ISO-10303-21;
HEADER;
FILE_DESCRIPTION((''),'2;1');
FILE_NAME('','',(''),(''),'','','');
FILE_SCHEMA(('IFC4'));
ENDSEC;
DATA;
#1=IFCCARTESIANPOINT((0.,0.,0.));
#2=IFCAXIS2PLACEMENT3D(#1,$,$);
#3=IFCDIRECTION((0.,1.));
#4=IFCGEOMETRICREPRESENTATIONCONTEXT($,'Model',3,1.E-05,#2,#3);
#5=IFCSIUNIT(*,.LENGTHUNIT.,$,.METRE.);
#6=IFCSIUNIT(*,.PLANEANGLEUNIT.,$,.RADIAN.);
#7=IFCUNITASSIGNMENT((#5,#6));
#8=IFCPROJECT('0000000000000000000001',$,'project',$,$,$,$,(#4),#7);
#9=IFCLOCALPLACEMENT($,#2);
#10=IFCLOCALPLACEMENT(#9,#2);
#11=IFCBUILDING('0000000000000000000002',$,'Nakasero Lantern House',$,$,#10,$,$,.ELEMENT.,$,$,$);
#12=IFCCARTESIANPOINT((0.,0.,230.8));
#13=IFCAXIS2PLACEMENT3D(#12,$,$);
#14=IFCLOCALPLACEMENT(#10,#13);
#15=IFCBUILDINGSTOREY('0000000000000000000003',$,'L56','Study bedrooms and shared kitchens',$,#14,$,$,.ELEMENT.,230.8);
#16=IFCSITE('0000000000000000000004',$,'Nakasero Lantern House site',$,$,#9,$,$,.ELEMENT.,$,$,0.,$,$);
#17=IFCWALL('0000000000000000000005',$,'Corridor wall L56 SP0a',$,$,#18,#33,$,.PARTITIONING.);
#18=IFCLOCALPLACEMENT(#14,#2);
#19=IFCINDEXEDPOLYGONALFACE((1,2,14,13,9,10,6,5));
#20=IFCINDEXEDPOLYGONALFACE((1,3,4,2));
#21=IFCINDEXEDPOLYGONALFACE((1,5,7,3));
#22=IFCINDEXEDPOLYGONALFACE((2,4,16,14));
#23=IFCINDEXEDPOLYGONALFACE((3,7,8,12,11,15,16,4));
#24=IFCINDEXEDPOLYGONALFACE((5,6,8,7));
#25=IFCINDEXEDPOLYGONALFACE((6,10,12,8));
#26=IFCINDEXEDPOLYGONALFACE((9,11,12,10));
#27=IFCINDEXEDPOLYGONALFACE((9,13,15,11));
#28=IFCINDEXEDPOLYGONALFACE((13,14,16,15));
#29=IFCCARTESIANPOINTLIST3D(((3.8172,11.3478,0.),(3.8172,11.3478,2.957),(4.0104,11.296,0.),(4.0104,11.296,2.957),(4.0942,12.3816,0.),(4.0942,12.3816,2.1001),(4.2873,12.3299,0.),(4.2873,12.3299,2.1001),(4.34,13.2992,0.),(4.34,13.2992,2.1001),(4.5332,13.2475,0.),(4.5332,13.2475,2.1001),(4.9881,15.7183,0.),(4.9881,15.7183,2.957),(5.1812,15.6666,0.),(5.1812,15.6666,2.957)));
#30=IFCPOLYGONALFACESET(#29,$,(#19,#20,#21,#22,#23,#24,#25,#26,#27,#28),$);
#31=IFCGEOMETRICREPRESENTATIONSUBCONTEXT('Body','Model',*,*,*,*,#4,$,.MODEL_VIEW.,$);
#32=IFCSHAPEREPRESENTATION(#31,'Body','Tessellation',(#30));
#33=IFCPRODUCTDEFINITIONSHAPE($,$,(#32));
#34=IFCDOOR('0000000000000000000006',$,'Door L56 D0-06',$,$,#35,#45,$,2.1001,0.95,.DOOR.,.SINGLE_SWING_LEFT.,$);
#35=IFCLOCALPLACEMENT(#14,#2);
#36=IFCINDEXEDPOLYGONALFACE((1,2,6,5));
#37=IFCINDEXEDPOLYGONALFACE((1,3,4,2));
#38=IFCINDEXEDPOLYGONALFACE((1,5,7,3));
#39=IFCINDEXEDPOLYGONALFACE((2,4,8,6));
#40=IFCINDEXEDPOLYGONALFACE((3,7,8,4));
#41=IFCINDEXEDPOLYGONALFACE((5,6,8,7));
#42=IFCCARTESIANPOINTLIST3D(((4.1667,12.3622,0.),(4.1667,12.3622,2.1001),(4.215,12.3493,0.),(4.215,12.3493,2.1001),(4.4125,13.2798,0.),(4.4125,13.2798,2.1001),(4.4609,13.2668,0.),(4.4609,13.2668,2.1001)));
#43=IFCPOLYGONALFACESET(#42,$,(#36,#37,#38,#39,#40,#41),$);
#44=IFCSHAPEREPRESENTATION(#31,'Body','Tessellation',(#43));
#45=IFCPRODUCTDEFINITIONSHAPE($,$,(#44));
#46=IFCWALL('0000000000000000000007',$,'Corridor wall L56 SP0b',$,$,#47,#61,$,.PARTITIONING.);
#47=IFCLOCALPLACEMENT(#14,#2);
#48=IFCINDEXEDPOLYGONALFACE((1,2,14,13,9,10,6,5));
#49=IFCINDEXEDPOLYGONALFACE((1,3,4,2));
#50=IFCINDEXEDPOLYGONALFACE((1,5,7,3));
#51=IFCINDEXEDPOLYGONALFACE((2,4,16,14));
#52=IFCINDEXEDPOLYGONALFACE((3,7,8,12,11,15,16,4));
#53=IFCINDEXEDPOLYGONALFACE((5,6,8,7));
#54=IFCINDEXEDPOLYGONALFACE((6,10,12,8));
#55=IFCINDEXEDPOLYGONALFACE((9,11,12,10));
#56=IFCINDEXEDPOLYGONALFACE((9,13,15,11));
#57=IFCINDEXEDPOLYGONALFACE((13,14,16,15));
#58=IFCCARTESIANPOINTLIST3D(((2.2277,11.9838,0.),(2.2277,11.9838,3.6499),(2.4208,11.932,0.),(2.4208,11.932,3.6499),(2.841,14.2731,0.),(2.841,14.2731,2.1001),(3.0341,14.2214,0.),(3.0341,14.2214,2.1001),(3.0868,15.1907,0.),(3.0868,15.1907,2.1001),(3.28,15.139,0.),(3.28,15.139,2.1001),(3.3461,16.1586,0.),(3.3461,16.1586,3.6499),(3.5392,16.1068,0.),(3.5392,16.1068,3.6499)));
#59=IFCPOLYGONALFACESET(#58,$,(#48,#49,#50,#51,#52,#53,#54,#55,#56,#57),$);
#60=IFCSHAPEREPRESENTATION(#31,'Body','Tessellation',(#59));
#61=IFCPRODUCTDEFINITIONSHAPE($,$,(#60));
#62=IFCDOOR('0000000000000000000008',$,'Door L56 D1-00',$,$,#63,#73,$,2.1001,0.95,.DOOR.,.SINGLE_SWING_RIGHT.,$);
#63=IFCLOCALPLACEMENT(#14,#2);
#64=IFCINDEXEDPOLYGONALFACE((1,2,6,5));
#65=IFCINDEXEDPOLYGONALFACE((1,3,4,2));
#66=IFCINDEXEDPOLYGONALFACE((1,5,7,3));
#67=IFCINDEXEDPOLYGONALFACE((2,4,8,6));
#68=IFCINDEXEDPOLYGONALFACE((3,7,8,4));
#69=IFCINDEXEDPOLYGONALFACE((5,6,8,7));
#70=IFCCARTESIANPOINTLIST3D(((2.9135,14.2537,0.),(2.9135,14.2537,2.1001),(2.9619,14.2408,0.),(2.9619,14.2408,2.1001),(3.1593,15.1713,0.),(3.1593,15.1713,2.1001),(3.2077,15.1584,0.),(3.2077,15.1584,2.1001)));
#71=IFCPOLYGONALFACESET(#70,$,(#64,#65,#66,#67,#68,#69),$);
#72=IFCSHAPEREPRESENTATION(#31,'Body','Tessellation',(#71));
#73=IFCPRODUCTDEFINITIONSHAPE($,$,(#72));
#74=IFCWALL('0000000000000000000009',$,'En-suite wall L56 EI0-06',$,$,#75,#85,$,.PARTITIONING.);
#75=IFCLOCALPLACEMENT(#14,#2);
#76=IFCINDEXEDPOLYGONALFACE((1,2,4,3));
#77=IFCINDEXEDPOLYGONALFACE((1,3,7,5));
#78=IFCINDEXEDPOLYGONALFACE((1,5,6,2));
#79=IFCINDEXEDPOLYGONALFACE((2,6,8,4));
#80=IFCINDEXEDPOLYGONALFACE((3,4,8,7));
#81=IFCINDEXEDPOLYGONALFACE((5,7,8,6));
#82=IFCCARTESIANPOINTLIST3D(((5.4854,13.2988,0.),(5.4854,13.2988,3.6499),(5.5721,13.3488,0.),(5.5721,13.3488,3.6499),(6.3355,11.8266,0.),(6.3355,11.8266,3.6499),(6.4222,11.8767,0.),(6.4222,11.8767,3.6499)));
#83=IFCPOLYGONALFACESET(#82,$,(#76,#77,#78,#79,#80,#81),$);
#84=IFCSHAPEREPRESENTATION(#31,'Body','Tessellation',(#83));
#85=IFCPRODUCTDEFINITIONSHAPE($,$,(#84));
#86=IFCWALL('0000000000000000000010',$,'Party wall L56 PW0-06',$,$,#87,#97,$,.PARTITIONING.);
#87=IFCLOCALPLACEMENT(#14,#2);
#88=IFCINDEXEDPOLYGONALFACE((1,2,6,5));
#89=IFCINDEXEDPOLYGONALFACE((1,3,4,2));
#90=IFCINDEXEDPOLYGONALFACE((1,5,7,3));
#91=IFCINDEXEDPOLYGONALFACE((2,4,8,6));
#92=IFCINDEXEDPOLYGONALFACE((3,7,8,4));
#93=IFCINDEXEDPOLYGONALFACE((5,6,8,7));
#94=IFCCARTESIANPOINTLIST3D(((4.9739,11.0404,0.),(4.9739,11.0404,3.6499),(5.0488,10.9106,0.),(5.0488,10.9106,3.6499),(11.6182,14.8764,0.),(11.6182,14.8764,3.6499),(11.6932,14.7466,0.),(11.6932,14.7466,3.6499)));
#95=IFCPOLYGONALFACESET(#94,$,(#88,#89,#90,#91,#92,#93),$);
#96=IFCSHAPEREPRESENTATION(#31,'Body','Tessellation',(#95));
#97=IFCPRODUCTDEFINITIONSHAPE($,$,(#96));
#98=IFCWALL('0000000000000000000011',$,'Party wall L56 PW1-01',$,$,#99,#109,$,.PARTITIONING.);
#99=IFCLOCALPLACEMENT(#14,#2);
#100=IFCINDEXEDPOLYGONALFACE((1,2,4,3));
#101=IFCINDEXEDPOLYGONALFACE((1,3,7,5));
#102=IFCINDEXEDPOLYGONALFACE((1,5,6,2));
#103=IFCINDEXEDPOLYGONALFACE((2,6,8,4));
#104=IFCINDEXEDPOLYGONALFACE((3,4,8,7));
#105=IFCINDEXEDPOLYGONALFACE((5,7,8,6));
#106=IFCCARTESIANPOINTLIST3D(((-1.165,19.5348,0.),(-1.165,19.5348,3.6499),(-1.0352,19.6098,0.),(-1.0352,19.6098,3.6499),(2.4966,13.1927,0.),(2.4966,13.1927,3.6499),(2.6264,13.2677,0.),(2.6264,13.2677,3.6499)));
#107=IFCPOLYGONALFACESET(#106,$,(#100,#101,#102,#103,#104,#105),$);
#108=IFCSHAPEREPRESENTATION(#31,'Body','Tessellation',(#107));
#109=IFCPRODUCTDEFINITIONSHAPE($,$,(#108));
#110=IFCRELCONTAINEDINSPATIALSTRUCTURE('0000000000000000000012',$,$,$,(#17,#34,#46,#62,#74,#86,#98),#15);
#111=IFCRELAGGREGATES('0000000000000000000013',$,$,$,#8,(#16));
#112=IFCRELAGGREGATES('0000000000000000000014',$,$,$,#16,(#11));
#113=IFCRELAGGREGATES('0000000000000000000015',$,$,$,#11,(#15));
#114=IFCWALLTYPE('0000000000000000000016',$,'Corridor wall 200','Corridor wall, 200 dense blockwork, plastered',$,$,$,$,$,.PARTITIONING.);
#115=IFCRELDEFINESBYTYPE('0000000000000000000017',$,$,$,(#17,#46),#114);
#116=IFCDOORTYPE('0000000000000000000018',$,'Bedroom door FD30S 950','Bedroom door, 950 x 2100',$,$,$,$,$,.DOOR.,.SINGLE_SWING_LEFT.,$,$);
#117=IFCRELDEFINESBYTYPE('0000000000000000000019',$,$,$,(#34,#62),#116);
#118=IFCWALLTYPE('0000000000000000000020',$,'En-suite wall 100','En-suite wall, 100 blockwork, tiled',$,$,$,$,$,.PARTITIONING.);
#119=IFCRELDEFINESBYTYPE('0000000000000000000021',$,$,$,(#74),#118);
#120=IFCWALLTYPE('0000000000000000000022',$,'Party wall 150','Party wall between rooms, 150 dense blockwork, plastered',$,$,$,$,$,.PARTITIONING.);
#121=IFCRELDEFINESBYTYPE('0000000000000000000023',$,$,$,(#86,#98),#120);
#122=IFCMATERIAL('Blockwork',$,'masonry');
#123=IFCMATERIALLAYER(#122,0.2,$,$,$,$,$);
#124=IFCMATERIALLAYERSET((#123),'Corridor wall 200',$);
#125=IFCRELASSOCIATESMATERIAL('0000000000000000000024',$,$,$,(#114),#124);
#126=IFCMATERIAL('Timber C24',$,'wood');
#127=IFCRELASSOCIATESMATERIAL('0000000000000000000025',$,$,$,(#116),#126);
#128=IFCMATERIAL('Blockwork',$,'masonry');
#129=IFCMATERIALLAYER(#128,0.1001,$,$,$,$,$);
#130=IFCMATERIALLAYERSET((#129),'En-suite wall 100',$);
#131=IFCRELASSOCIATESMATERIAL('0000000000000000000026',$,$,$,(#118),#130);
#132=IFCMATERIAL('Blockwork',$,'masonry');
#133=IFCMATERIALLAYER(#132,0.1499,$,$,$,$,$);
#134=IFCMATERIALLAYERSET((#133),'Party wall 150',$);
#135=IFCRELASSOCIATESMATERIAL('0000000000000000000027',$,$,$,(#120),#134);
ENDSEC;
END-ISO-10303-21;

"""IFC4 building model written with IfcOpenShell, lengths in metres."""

from ifc_helpers import new_model, si_unit, direction, frame, frame_2d, origin, place, context, subcontext, project, spatial, rectangle, extrude, material, layer, layer_set, type_object, element, fill, save


model = new_model("IFC4")

# Units and contexts
model_context = context("Model", 3, precision=1e-05, world=origin(), true_north=direction((0.0, 1.0)))
body_context = subcontext(model_context, "Body", "Model", "MODEL_VIEW")
ifc_project = project(units=[si_unit("LENGTHUNIT", "METRE"), si_unit("PLANEANGLEUNIT", "RADIAN")], contexts=[model_context])

# Site, building, storey
site_placement = place(None, origin())
site = spatial("IfcSite", under=ifc_project, at=site_placement, Name="Nakasero Lantern House site", CompositionType="ELEMENT", RefElevation=0.0)
building_placement = place(site_placement, origin())
building = spatial("IfcBuilding", under=site, at=building_placement, Name="Nakasero Lantern House", CompositionType="ELEMENT")
storey_placement = place(building_placement, frame((0.0, 0.0, 230.8)))
storey = spatial("IfcBuildingStorey", under=building, at=storey_placement, Name="L56", Description="Study bedrooms and shared kitchens", CompositionType="ELEMENT", Elevation=230.8)

# Shared definitions
ifc_material_1 = material(Name="Blockwork", Category="masonry")
ifc_layer_1 = layer(ifc_material_1, 0.2)
ifc_layer_set_1 = layer_set([ifc_layer_1], Name="Corridor wall 200")
wall_type_1 = type_object("IfcWallType", Name="Corridor wall 200", Description="Corridor wall, 200 dense blockwork, plastered", PredefinedType="PARTITIONING", material=ifc_layer_set_1)

# Walls, openings, doors
wall_1_placement = place(storey_placement, frame((3.9138, 11.322, 0.0), z_axis=(0.0, 0.0, 1.0), x_axis=(0.258777, 0.965937, 0.0)))
wall_1 = element("IfcWall", 1, at=wall_1_placement, inside=storey, type_object=wall_type_1, Name="Corridor wall L56 SP0a", PredefinedType="PARTITIONING", context=body_context, shape_type="SweptSolid", body=[
    extrude(rectangle(XDim=4.5247, YDim=0.2, at=frame_2d((2.2622, 0.0))), origin(), (0.0, 0.0, 1.0), 2.957),
])
opening_1_placement = place(wall_1_placement, frame((1.0701, 0.0, 0.0)))
opening_1 = element("IfcOpeningElement", 2, at=opening_1_placement, cuts=wall_1, PredefinedType="OPENING", context=body_context, shape_type="SweptSolid", body=[
    extrude(rectangle(XDim=0.95, YDim=2.1001, at=frame_2d((0.4751, 1.05))), frame((0.0, 0.1199, 0.0), z_axis=(0.0, -1.0, 0.0), x_axis=(1.0, 0.0, 0.0)), (0.0, 0.0, 1.0), 0.24),
])
ifc_material_2 = material(Name="Timber C24", Category="wood")
door_type = type_object("IfcDoorType", Name="Bedroom door FD30S 950", Description="Bedroom door, 950 x 2100", OperationType="SINGLE_SWING_LEFT", PredefinedType="DOOR", material=ifc_material_2)
door_1_placement = place(opening_1_placement, origin())
door_1 = element("IfcDoor", 3, at=door_1_placement, inside=storey, type_object=door_type, Name="Door L56 D0-06", OperationType="SINGLE_SWING_LEFT", OverallHeight=2.1001, OverallWidth=0.95, PredefinedType="DOOR", context=body_context, shape_type="SweptSolid", body=[
    extrude(rectangle(XDim=0.95, YDim=2.1001, at=frame_2d((0.4751, 1.05))), frame((0.0, 0.0249, 0.0), z_axis=(0.0, -1.0, 0.0), x_axis=(1.0, 0.0, 0.0)), (0.0, 0.0, 1.0), 0.05),
])
fill(opening_1, door_1)
wall_2_placement = place(storey_placement, frame((2.3242, 11.9578, 0.0), z_axis=(0.0, 0.0, 1.0), x_axis=(0.25877, 0.965939, 0.0)))
wall_2 = element("IfcWall", 4, at=wall_2_placement, inside=storey, type_object=wall_type_1, Name="Corridor wall L56 SP0b", PredefinedType="PARTITIONING", context=body_context, shape_type="SweptSolid", body=[
    extrude(rectangle(XDim=4.322, YDim=0.2, at=frame_2d((2.1611, 0.0))), origin(), (0.0, 0.0, 1.0), 3.6499),
])
opening_2_placement = place(wall_2_placement, frame((2.3701, 0.0, 0.0)))
opening_2 = element("IfcOpeningElement", 5, at=opening_2_placement, cuts=wall_2, PredefinedType="OPENING", context=body_context, shape_type="SweptSolid", body=[
    extrude(rectangle(XDim=0.95, YDim=2.1001, at=frame_2d((0.4751, 1.05))), frame((0.0, 0.1199, 0.0), z_axis=(0.0, -1.0, 0.0), x_axis=(1.0, 0.0, 0.0)), (0.0, 0.0, 1.0), 0.24),
])
door_2_placement = place(opening_2_placement, origin())
door_2 = element("IfcDoor", 6, at=door_2_placement, inside=storey, type_object=door_type, Name="Door L56 D1-00", OperationType="SINGLE_SWING_RIGHT", OverallHeight=2.1001, OverallWidth=0.95, PredefinedType="DOOR", context=body_context, shape_type="SweptSolid", body=[
    extrude(rectangle(XDim=0.95, YDim=2.1001, at=frame_2d((0.4751, 1.05))), frame((0.0, 0.0249, 0.0), z_axis=(0.0, -1.0, 0.0), x_axis=(1.0, 0.0, 0.0)), (0.0, 0.0, 1.0), 0.05),
])
fill(opening_2, door_2)

# Walls
ifc_material_3 = material(Name="Blockwork", Category="masonry")
ifc_layer_2 = layer(ifc_material_3, 0.1001)
ifc_layer_set_2 = layer_set([ifc_layer_2], Name="En-suite wall 100")
wall_type_2 = type_object("IfcWallType", Name="En-suite wall 100", Description="En-suite wall, 100 blockwork, tiled", PredefinedType="PARTITIONING", material=ifc_layer_set_2)
wall_3_placement = place(storey_placement, frame((6.3789, 11.8516, 0.0), z_axis=(0.0, 0.0, 1.0), x_axis=(-0.500062, 0.865989, 0.0)))
element("IfcWall", 7, at=wall_3_placement, inside=storey, type_object=wall_type_2, Name="En-suite wall L56 EI0-06", PredefinedType="PARTITIONING", context=body_context, shape_type="SweptSolid", body=[
    extrude(rectangle(XDim=1.7, YDim=0.1001, at=frame_2d((0.8501, 0.0))), origin(), (0.0, 0.0, 1.0), 3.6499),
])
ifc_material_4 = material(Name="Blockwork", Category="masonry")
ifc_layer_3 = layer(ifc_material_4, 0.1499)
ifc_layer_set_3 = layer_set([ifc_layer_3], Name="Party wall 150")
wall_type_3 = type_object("IfcWallType", Name="Party wall 150", Description="Party wall between rooms, 150 dense blockwork, plastered", PredefinedType="PARTITIONING", material=ifc_layer_set_3)
wall_4_placement = place(storey_placement, frame((5.0115, 10.9756, 0.0), z_axis=(0.0, 0.0, 1.0), x_axis=(0.866034, 0.499986, 0.0)))
element("IfcWall", 8, at=wall_4_placement, inside=storey, type_object=wall_type_3, Name="Party wall L56 PW0-06", PredefinedType="PARTITIONING", context=body_context, shape_type="SweptSolid", body=[
    extrude(rectangle(XDim=7.6721, YDim=0.1499, at=frame_2d((3.8359, 0.0))), origin(), (0.0, 0.0, 1.0), 3.6499),
])
wall_5_placement = place(storey_placement, frame((2.5615, 13.2302, 0.0), z_axis=(0.0, 0.0, 1.0), x_axis=(-0.500004, 0.866023, 0.0)))
element("IfcWall", 9, at=wall_5_placement, inside=storey, type_object=wall_type_3, Name="Party wall L56 PW1-01", PredefinedType="PARTITIONING", context=body_context, shape_type="SweptSolid", body=[
    extrude(rectangle(XDim=7.3232, YDim=0.1499, at=frame_2d((3.6616, 0.0))), origin(), (0.0, 0.0, 1.0), 3.6499),
])

save(model, "model.ifc")
